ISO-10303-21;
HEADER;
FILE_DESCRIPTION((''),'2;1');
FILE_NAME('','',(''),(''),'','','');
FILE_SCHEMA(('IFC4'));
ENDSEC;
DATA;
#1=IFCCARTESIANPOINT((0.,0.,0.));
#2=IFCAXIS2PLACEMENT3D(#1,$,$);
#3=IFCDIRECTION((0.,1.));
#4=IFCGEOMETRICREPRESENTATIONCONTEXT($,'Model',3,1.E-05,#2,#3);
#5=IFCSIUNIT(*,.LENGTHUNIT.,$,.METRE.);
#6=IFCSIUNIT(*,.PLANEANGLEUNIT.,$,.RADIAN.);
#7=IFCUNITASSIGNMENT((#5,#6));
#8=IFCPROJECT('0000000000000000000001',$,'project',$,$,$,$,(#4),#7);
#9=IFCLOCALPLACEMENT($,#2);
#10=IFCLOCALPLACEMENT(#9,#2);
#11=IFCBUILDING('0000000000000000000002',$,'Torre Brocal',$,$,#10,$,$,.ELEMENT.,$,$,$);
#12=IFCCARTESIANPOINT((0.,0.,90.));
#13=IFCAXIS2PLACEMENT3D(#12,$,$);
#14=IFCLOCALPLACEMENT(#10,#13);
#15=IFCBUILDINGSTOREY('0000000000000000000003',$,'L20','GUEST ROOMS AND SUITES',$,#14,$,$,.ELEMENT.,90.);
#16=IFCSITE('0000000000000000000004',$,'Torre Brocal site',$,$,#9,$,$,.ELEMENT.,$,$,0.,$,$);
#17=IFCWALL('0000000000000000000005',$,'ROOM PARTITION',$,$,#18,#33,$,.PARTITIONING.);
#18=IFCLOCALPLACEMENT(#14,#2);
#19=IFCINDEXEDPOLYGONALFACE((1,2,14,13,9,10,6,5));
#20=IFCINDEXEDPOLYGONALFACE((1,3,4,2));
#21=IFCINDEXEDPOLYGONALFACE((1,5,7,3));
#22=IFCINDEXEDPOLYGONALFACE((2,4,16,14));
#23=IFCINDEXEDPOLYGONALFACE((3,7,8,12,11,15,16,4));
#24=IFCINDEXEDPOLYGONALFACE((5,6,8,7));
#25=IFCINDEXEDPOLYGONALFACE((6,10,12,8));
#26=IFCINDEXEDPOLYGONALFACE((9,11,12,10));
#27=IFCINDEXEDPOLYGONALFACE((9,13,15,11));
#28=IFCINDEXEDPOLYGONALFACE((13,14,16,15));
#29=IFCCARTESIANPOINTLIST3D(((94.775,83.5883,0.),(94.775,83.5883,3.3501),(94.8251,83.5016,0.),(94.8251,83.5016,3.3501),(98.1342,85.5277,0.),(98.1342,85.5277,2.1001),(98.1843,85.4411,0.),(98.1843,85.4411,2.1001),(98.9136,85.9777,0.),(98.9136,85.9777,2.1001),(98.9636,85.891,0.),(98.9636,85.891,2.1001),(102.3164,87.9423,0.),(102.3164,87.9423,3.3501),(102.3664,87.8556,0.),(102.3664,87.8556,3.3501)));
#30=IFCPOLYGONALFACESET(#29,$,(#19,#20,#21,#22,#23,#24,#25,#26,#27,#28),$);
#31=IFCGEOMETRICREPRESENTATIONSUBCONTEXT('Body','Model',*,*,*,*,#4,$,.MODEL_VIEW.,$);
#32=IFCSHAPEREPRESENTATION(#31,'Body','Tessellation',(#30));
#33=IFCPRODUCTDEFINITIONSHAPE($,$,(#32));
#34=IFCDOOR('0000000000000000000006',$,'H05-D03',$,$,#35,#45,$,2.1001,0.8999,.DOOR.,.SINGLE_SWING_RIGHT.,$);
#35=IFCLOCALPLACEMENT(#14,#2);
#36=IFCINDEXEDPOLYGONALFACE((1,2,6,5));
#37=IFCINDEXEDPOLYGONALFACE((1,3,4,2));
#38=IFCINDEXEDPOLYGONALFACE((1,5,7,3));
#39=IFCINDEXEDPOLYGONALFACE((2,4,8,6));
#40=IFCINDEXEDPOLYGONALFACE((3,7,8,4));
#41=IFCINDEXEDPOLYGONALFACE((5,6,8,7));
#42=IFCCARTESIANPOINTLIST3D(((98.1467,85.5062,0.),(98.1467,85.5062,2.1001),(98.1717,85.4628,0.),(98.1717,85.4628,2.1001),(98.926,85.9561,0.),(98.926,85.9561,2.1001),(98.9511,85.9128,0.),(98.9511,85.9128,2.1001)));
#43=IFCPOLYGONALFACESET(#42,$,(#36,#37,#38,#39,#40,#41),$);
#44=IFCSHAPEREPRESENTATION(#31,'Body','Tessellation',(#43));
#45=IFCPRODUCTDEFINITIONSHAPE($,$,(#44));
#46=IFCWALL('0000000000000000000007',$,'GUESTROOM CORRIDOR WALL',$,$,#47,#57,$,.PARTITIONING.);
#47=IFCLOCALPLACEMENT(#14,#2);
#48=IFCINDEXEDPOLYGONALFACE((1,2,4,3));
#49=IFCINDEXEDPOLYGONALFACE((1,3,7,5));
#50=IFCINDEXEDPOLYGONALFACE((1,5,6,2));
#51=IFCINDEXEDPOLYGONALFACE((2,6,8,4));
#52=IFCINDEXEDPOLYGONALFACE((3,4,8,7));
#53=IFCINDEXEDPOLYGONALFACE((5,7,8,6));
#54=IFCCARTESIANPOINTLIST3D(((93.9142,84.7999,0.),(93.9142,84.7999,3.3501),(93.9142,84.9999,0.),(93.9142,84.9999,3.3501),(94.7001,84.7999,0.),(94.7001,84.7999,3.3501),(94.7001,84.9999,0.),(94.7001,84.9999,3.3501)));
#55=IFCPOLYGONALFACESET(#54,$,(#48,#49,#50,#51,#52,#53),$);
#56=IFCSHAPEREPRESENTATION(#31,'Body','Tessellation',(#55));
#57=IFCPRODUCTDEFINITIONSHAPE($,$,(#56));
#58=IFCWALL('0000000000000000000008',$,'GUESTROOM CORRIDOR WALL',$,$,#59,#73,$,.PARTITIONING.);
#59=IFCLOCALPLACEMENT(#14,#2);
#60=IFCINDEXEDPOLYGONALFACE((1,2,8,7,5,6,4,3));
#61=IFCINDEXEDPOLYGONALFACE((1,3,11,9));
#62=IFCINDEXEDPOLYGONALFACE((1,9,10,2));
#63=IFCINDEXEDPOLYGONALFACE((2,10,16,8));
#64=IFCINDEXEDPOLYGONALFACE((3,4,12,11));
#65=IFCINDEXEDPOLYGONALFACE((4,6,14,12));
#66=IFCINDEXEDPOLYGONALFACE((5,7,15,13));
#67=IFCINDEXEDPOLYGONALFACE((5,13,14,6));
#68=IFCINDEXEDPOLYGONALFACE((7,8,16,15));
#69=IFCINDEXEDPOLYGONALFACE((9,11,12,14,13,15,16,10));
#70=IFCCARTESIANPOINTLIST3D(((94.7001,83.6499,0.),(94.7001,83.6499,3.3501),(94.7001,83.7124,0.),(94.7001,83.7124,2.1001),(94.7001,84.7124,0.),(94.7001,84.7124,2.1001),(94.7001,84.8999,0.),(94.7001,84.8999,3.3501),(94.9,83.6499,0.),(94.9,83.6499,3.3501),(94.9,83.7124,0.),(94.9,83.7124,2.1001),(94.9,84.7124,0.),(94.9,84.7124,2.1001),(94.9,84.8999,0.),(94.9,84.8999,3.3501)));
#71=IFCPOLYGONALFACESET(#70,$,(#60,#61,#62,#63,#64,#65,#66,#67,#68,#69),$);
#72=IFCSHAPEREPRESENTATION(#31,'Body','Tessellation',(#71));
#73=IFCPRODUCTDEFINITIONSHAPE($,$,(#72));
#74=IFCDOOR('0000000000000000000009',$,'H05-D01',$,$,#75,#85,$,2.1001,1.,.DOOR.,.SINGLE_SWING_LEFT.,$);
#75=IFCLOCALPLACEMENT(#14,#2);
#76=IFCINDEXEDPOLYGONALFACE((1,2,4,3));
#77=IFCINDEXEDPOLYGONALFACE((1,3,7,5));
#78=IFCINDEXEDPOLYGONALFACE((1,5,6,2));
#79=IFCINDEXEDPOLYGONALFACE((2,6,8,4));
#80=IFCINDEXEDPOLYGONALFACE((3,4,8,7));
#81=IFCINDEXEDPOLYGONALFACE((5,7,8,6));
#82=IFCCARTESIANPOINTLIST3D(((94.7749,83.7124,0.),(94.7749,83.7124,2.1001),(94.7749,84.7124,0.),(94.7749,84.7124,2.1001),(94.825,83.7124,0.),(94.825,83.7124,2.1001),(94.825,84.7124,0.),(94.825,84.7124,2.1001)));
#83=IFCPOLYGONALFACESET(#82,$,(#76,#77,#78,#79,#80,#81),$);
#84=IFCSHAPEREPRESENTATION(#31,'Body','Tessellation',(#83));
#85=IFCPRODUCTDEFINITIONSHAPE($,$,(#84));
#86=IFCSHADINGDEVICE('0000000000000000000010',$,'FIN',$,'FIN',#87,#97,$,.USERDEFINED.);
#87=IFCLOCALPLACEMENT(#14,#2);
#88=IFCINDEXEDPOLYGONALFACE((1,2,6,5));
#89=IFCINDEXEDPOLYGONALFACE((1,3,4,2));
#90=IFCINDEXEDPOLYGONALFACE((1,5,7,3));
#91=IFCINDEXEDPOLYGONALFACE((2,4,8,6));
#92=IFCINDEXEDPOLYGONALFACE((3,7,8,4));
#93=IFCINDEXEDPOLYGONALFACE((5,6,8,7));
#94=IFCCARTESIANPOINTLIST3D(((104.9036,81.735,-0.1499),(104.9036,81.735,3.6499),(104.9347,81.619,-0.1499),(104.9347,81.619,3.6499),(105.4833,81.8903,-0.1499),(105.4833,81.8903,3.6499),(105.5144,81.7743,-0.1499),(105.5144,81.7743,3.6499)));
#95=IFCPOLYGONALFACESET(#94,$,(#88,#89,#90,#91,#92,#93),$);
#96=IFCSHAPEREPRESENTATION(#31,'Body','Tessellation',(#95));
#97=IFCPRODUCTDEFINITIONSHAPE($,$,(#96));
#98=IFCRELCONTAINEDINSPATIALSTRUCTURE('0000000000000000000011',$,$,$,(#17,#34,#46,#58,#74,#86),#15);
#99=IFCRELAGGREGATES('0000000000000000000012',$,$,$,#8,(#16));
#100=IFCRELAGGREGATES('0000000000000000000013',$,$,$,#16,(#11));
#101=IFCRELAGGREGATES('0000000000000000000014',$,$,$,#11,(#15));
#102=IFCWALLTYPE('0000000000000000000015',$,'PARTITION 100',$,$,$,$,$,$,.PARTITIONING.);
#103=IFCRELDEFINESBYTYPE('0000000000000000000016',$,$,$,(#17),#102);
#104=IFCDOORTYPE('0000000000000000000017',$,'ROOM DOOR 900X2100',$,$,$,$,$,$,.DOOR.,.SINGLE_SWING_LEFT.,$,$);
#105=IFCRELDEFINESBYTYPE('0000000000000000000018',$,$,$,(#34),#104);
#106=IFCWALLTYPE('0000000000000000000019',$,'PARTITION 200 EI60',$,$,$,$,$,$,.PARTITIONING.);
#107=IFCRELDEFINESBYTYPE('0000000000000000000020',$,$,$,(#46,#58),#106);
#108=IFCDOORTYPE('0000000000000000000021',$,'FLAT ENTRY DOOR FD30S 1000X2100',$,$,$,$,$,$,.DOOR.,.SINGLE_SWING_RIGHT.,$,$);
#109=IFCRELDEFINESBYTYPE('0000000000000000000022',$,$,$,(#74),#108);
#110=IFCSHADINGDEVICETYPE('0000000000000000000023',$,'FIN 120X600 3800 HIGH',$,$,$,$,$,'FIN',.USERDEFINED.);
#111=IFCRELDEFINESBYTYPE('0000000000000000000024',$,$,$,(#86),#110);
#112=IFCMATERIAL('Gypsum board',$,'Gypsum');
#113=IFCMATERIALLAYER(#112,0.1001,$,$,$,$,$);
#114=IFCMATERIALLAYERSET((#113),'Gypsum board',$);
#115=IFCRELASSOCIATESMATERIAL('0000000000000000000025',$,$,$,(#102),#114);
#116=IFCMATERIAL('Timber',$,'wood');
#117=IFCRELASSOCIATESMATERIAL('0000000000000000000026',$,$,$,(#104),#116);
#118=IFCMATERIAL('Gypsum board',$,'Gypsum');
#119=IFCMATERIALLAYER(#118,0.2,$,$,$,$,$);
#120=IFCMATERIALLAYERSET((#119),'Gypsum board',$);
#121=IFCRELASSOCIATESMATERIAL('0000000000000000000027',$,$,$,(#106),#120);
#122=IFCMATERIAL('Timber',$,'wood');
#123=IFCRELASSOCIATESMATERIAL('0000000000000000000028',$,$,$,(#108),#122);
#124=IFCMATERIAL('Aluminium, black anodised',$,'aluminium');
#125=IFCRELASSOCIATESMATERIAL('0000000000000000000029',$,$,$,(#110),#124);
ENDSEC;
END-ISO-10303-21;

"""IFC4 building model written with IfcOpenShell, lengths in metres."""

from ifc_helpers import new_model, si_unit, direction, frame, frame_2d, origin, origin_2d, place, context, subcontext, project, spatial, rectangle, extrude, material, layer, layer_set, material_profile, profile_set, type_object, element, fill, save


model = new_model("IFC4")

# Units and contexts
model_context = context("Model", 3, precision=1e-05, world=origin(), true_north=direction((0.0, 1.0)))
body_context = subcontext(model_context, "Body", "Model", "MODEL_VIEW")
ifc_project = project(units=[si_unit("LENGTHUNIT", "METRE"), si_unit("PLANEANGLEUNIT", "RADIAN")], contexts=[model_context])

# Site, building, storey
site_placement = place(None, origin())
site = spatial("IfcSite", under=ifc_project, at=site_placement, Name="Torre Brocal site", CompositionType="ELEMENT", RefElevation=0.0)
building_placement = place(site_placement, origin())
building = spatial("IfcBuilding", under=site, at=building_placement, Name="Torre Brocal", CompositionType="ELEMENT")
storey_placement = place(building_placement, frame((0.0, 0.0, 90.0)))
storey = spatial("IfcBuildingStorey", under=building, at=storey_placement, Name="L20", Description="GUEST ROOMS AND SUITES", CompositionType="ELEMENT", Elevation=90.0)

# Shared definitions
ifc_material_1 = material(Name="Gypsum board", Category="Gypsum")
ifc_layer_1 = layer(ifc_material_1, 0.1001)
ifc_layer_set_1 = layer_set([ifc_layer_1], Name="Gypsum board")
wall_type_1 = type_object("IfcWallType", Name="PARTITION 100", PredefinedType="PARTITIONING", material=ifc_layer_set_1)

# Wall, opening, door
wall_1_placement = place(storey_placement, frame((94.8, 83.5449, 0.0), z_axis=(0.0, 0.0, 1.0), x_axis=(0.866023, 0.500005, 0.0)))
wall_1 = element("IfcWall", 1, at=wall_1_placement, inside=storey, type_object=wall_type_1, Name="ROOM PARTITION", PredefinedType="PARTITIONING", context=body_context, shape_type="SweptSolid", body=[
    extrude(rectangle(XDim=8.708, YDim=0.1001, at=frame_2d((4.354, 0.0))), origin(), (0.0, 0.0, 1.0), 3.3501),
])
opening_1_placement = place(wall_1_placement, frame((3.8789, 0.0, 0.0)))
opening_1 = element("IfcOpeningElement", 2, at=opening_1_placement, cuts=wall_1, PredefinedType="OPENING", context=body_context, shape_type="SweptSolid", body=[
    extrude(rectangle(XDim=0.8999, YDim=2.1001, at=frame_2d((0.45, 1.05))), frame((0.0, 0.0601, 0.0), z_axis=(0.0, -1.0, 0.0), x_axis=(1.0, 0.0, 0.0)), (0.0, 0.0, 1.0), 0.1201),
])
ifc_material_2 = material(Name="Timber", Category="wood")
door_type_1 = type_object("IfcDoorType", Name="ROOM DOOR 900X2100", OperationType="SINGLE_SWING_LEFT", PredefinedType="DOOR", material=ifc_material_2)
door_1_placement = place(opening_1_placement, frame((0.8999, 0.0, 0.0), z_axis=(0.0, 0.0, 1.0), x_axis=(-1.0, 0.0, 0.0)))
door_1 = element("IfcDoor", 3, at=door_1_placement, inside=storey, type_object=door_type_1, Name="H05-D03", OperationType="SINGLE_SWING_RIGHT", OverallHeight=2.1001, OverallWidth=0.8999, PredefinedType="DOOR", context=body_context, shape_type="SweptSolid", body=[
    extrude(rectangle(XDim=0.8999, YDim=2.1001, at=frame_2d((0.45, 1.05))), frame((0.0, 0.0249, 0.0), z_axis=(0.0, -1.0, 0.0), x_axis=(1.0, 0.0, 0.0)), (0.0, 0.0, 1.0), 0.05),
])
fill(opening_1, door_1)

# Wall
ifc_material_3 = material(Name="Gypsum board", Category="Gypsum")
ifc_layer_2 = layer(ifc_material_3, 0.2)
ifc_layer_set_2 = layer_set([ifc_layer_2], Name="Gypsum board")
wall_type_2 = type_object("IfcWallType", Name="PARTITION 200 EI60", PredefinedType="PARTITIONING", material=ifc_layer_set_2)
wall_2_placement = place(storey_placement, frame((93.9141, 84.8999, 0.0), z_axis=(0.0, 0.0, 1.0), x_axis=(1.0, 0.0, 0.0)))
element("IfcWall", 4, at=wall_2_placement, inside=storey, type_object=wall_type_2, Name="GUESTROOM CORRIDOR WALL", PredefinedType="PARTITIONING", context=body_context, shape_type="SweptSolid", body=[
    extrude(rectangle(XDim=0.7859, YDim=0.2, at=frame_2d((0.3931, 0.0))), origin(), (0.0, 0.0, 1.0), 3.3501),
])

# Wall, opening, door
wall_3_placement = place(storey_placement, frame((94.8, 83.6499, 0.0), z_axis=(0.0, 0.0, 1.0), x_axis=(0.0, 1.0, 0.0)))
wall_3 = element("IfcWall", 5, at=wall_3_placement, inside=storey, type_object=wall_type_2, Name="GUESTROOM CORRIDOR WALL", PredefinedType="PARTITIONING", context=body_context, shape_type="SweptSolid", body=[
    extrude(rectangle(XDim=1.25, YDim=0.2, at=frame_2d((0.625, 0.0))), origin(), (0.0, 0.0, 1.0), 3.3501),
])
opening_2_placement = place(wall_3_placement, frame((0.0625, 0.0, 0.0)))
opening_2 = element("IfcOpeningElement", 6, at=opening_2_placement, cuts=wall_3, PredefinedType="OPENING", context=body_context, shape_type="SweptSolid", body=[
    extrude(rectangle(XDim=1.0, YDim=2.1001, at=frame_2d((0.5, 1.05))), frame((0.0, 0.1099, 0.0), z_axis=(0.0, -1.0, 0.0), x_axis=(1.0, 0.0, 0.0)), (0.0, 0.0, 1.0), 0.22),
])
ifc_material_4 = material(Name="Timber", Category="wood")
door_type_2 = type_object("IfcDoorType", Name="FLAT ENTRY DOOR FD30S 1000X2100", OperationType="SINGLE_SWING_RIGHT", PredefinedType="DOOR", material=ifc_material_4)
door_2_placement = place(opening_2_placement, frame((1.0, 0.0, 0.0), z_axis=(0.0, 0.0, 1.0), x_axis=(-1.0, 0.0, 0.0)))
door_2 = element("IfcDoor", 7, at=door_2_placement, inside=storey, type_object=door_type_2, Name="H05-D01", OperationType="SINGLE_SWING_LEFT", OverallHeight=2.1001, OverallWidth=1.0, PredefinedType="DOOR", context=body_context, shape_type="SweptSolid", body=[
    extrude(rectangle(XDim=1.0, YDim=2.1001, at=frame_2d((0.5, 1.05))), frame((0.0, 0.0249, 0.0), z_axis=(0.0, -1.0, 0.0), x_axis=(1.0, 0.0, 0.0)), (0.0, 0.0, 1.0), 0.05),
])
fill(opening_2, door_2)

# Shading device
ifc_material_5 = material(Name="Aluminium, black anodised", Category="aluminium")
ifc_material_profile_1 = material_profile(ifc_material_5, rectangle(XDim=0.1201, YDim=0.6001, at=origin_2d()), Name="FIN 120X600 3800 HIGH")
ifc_profile_set_1 = profile_set([ifc_material_profile_1], Name="Aluminium, black anodised")
shading_device_type = type_object("IfcShadingDeviceType", Name="FIN 120X600 3800 HIGH", ElementType="FIN", PredefinedType="USERDEFINED", material=ifc_profile_set_1)
shading_device_placement = place(storey_placement, frame((105.209, 81.7546, -0.1499), z_axis=(0.0, 0.0, 1.0), x_axis=(-0.258819, 0.965926, 0.0)))
element("IfcShadingDevice", 8, at=shading_device_placement, inside=storey, type_object=shading_device_type, Name="FIN", ObjectType="FIN", PredefinedType="USERDEFINED", context=body_context, shape_type="SweptSolid", body=[
    extrude(rectangle(XDim=0.1201, YDim=0.6001, at=origin_2d()), origin(), (0.0, 0.0, 1.0), 3.7998),
])

save(model, "model.ifc")
